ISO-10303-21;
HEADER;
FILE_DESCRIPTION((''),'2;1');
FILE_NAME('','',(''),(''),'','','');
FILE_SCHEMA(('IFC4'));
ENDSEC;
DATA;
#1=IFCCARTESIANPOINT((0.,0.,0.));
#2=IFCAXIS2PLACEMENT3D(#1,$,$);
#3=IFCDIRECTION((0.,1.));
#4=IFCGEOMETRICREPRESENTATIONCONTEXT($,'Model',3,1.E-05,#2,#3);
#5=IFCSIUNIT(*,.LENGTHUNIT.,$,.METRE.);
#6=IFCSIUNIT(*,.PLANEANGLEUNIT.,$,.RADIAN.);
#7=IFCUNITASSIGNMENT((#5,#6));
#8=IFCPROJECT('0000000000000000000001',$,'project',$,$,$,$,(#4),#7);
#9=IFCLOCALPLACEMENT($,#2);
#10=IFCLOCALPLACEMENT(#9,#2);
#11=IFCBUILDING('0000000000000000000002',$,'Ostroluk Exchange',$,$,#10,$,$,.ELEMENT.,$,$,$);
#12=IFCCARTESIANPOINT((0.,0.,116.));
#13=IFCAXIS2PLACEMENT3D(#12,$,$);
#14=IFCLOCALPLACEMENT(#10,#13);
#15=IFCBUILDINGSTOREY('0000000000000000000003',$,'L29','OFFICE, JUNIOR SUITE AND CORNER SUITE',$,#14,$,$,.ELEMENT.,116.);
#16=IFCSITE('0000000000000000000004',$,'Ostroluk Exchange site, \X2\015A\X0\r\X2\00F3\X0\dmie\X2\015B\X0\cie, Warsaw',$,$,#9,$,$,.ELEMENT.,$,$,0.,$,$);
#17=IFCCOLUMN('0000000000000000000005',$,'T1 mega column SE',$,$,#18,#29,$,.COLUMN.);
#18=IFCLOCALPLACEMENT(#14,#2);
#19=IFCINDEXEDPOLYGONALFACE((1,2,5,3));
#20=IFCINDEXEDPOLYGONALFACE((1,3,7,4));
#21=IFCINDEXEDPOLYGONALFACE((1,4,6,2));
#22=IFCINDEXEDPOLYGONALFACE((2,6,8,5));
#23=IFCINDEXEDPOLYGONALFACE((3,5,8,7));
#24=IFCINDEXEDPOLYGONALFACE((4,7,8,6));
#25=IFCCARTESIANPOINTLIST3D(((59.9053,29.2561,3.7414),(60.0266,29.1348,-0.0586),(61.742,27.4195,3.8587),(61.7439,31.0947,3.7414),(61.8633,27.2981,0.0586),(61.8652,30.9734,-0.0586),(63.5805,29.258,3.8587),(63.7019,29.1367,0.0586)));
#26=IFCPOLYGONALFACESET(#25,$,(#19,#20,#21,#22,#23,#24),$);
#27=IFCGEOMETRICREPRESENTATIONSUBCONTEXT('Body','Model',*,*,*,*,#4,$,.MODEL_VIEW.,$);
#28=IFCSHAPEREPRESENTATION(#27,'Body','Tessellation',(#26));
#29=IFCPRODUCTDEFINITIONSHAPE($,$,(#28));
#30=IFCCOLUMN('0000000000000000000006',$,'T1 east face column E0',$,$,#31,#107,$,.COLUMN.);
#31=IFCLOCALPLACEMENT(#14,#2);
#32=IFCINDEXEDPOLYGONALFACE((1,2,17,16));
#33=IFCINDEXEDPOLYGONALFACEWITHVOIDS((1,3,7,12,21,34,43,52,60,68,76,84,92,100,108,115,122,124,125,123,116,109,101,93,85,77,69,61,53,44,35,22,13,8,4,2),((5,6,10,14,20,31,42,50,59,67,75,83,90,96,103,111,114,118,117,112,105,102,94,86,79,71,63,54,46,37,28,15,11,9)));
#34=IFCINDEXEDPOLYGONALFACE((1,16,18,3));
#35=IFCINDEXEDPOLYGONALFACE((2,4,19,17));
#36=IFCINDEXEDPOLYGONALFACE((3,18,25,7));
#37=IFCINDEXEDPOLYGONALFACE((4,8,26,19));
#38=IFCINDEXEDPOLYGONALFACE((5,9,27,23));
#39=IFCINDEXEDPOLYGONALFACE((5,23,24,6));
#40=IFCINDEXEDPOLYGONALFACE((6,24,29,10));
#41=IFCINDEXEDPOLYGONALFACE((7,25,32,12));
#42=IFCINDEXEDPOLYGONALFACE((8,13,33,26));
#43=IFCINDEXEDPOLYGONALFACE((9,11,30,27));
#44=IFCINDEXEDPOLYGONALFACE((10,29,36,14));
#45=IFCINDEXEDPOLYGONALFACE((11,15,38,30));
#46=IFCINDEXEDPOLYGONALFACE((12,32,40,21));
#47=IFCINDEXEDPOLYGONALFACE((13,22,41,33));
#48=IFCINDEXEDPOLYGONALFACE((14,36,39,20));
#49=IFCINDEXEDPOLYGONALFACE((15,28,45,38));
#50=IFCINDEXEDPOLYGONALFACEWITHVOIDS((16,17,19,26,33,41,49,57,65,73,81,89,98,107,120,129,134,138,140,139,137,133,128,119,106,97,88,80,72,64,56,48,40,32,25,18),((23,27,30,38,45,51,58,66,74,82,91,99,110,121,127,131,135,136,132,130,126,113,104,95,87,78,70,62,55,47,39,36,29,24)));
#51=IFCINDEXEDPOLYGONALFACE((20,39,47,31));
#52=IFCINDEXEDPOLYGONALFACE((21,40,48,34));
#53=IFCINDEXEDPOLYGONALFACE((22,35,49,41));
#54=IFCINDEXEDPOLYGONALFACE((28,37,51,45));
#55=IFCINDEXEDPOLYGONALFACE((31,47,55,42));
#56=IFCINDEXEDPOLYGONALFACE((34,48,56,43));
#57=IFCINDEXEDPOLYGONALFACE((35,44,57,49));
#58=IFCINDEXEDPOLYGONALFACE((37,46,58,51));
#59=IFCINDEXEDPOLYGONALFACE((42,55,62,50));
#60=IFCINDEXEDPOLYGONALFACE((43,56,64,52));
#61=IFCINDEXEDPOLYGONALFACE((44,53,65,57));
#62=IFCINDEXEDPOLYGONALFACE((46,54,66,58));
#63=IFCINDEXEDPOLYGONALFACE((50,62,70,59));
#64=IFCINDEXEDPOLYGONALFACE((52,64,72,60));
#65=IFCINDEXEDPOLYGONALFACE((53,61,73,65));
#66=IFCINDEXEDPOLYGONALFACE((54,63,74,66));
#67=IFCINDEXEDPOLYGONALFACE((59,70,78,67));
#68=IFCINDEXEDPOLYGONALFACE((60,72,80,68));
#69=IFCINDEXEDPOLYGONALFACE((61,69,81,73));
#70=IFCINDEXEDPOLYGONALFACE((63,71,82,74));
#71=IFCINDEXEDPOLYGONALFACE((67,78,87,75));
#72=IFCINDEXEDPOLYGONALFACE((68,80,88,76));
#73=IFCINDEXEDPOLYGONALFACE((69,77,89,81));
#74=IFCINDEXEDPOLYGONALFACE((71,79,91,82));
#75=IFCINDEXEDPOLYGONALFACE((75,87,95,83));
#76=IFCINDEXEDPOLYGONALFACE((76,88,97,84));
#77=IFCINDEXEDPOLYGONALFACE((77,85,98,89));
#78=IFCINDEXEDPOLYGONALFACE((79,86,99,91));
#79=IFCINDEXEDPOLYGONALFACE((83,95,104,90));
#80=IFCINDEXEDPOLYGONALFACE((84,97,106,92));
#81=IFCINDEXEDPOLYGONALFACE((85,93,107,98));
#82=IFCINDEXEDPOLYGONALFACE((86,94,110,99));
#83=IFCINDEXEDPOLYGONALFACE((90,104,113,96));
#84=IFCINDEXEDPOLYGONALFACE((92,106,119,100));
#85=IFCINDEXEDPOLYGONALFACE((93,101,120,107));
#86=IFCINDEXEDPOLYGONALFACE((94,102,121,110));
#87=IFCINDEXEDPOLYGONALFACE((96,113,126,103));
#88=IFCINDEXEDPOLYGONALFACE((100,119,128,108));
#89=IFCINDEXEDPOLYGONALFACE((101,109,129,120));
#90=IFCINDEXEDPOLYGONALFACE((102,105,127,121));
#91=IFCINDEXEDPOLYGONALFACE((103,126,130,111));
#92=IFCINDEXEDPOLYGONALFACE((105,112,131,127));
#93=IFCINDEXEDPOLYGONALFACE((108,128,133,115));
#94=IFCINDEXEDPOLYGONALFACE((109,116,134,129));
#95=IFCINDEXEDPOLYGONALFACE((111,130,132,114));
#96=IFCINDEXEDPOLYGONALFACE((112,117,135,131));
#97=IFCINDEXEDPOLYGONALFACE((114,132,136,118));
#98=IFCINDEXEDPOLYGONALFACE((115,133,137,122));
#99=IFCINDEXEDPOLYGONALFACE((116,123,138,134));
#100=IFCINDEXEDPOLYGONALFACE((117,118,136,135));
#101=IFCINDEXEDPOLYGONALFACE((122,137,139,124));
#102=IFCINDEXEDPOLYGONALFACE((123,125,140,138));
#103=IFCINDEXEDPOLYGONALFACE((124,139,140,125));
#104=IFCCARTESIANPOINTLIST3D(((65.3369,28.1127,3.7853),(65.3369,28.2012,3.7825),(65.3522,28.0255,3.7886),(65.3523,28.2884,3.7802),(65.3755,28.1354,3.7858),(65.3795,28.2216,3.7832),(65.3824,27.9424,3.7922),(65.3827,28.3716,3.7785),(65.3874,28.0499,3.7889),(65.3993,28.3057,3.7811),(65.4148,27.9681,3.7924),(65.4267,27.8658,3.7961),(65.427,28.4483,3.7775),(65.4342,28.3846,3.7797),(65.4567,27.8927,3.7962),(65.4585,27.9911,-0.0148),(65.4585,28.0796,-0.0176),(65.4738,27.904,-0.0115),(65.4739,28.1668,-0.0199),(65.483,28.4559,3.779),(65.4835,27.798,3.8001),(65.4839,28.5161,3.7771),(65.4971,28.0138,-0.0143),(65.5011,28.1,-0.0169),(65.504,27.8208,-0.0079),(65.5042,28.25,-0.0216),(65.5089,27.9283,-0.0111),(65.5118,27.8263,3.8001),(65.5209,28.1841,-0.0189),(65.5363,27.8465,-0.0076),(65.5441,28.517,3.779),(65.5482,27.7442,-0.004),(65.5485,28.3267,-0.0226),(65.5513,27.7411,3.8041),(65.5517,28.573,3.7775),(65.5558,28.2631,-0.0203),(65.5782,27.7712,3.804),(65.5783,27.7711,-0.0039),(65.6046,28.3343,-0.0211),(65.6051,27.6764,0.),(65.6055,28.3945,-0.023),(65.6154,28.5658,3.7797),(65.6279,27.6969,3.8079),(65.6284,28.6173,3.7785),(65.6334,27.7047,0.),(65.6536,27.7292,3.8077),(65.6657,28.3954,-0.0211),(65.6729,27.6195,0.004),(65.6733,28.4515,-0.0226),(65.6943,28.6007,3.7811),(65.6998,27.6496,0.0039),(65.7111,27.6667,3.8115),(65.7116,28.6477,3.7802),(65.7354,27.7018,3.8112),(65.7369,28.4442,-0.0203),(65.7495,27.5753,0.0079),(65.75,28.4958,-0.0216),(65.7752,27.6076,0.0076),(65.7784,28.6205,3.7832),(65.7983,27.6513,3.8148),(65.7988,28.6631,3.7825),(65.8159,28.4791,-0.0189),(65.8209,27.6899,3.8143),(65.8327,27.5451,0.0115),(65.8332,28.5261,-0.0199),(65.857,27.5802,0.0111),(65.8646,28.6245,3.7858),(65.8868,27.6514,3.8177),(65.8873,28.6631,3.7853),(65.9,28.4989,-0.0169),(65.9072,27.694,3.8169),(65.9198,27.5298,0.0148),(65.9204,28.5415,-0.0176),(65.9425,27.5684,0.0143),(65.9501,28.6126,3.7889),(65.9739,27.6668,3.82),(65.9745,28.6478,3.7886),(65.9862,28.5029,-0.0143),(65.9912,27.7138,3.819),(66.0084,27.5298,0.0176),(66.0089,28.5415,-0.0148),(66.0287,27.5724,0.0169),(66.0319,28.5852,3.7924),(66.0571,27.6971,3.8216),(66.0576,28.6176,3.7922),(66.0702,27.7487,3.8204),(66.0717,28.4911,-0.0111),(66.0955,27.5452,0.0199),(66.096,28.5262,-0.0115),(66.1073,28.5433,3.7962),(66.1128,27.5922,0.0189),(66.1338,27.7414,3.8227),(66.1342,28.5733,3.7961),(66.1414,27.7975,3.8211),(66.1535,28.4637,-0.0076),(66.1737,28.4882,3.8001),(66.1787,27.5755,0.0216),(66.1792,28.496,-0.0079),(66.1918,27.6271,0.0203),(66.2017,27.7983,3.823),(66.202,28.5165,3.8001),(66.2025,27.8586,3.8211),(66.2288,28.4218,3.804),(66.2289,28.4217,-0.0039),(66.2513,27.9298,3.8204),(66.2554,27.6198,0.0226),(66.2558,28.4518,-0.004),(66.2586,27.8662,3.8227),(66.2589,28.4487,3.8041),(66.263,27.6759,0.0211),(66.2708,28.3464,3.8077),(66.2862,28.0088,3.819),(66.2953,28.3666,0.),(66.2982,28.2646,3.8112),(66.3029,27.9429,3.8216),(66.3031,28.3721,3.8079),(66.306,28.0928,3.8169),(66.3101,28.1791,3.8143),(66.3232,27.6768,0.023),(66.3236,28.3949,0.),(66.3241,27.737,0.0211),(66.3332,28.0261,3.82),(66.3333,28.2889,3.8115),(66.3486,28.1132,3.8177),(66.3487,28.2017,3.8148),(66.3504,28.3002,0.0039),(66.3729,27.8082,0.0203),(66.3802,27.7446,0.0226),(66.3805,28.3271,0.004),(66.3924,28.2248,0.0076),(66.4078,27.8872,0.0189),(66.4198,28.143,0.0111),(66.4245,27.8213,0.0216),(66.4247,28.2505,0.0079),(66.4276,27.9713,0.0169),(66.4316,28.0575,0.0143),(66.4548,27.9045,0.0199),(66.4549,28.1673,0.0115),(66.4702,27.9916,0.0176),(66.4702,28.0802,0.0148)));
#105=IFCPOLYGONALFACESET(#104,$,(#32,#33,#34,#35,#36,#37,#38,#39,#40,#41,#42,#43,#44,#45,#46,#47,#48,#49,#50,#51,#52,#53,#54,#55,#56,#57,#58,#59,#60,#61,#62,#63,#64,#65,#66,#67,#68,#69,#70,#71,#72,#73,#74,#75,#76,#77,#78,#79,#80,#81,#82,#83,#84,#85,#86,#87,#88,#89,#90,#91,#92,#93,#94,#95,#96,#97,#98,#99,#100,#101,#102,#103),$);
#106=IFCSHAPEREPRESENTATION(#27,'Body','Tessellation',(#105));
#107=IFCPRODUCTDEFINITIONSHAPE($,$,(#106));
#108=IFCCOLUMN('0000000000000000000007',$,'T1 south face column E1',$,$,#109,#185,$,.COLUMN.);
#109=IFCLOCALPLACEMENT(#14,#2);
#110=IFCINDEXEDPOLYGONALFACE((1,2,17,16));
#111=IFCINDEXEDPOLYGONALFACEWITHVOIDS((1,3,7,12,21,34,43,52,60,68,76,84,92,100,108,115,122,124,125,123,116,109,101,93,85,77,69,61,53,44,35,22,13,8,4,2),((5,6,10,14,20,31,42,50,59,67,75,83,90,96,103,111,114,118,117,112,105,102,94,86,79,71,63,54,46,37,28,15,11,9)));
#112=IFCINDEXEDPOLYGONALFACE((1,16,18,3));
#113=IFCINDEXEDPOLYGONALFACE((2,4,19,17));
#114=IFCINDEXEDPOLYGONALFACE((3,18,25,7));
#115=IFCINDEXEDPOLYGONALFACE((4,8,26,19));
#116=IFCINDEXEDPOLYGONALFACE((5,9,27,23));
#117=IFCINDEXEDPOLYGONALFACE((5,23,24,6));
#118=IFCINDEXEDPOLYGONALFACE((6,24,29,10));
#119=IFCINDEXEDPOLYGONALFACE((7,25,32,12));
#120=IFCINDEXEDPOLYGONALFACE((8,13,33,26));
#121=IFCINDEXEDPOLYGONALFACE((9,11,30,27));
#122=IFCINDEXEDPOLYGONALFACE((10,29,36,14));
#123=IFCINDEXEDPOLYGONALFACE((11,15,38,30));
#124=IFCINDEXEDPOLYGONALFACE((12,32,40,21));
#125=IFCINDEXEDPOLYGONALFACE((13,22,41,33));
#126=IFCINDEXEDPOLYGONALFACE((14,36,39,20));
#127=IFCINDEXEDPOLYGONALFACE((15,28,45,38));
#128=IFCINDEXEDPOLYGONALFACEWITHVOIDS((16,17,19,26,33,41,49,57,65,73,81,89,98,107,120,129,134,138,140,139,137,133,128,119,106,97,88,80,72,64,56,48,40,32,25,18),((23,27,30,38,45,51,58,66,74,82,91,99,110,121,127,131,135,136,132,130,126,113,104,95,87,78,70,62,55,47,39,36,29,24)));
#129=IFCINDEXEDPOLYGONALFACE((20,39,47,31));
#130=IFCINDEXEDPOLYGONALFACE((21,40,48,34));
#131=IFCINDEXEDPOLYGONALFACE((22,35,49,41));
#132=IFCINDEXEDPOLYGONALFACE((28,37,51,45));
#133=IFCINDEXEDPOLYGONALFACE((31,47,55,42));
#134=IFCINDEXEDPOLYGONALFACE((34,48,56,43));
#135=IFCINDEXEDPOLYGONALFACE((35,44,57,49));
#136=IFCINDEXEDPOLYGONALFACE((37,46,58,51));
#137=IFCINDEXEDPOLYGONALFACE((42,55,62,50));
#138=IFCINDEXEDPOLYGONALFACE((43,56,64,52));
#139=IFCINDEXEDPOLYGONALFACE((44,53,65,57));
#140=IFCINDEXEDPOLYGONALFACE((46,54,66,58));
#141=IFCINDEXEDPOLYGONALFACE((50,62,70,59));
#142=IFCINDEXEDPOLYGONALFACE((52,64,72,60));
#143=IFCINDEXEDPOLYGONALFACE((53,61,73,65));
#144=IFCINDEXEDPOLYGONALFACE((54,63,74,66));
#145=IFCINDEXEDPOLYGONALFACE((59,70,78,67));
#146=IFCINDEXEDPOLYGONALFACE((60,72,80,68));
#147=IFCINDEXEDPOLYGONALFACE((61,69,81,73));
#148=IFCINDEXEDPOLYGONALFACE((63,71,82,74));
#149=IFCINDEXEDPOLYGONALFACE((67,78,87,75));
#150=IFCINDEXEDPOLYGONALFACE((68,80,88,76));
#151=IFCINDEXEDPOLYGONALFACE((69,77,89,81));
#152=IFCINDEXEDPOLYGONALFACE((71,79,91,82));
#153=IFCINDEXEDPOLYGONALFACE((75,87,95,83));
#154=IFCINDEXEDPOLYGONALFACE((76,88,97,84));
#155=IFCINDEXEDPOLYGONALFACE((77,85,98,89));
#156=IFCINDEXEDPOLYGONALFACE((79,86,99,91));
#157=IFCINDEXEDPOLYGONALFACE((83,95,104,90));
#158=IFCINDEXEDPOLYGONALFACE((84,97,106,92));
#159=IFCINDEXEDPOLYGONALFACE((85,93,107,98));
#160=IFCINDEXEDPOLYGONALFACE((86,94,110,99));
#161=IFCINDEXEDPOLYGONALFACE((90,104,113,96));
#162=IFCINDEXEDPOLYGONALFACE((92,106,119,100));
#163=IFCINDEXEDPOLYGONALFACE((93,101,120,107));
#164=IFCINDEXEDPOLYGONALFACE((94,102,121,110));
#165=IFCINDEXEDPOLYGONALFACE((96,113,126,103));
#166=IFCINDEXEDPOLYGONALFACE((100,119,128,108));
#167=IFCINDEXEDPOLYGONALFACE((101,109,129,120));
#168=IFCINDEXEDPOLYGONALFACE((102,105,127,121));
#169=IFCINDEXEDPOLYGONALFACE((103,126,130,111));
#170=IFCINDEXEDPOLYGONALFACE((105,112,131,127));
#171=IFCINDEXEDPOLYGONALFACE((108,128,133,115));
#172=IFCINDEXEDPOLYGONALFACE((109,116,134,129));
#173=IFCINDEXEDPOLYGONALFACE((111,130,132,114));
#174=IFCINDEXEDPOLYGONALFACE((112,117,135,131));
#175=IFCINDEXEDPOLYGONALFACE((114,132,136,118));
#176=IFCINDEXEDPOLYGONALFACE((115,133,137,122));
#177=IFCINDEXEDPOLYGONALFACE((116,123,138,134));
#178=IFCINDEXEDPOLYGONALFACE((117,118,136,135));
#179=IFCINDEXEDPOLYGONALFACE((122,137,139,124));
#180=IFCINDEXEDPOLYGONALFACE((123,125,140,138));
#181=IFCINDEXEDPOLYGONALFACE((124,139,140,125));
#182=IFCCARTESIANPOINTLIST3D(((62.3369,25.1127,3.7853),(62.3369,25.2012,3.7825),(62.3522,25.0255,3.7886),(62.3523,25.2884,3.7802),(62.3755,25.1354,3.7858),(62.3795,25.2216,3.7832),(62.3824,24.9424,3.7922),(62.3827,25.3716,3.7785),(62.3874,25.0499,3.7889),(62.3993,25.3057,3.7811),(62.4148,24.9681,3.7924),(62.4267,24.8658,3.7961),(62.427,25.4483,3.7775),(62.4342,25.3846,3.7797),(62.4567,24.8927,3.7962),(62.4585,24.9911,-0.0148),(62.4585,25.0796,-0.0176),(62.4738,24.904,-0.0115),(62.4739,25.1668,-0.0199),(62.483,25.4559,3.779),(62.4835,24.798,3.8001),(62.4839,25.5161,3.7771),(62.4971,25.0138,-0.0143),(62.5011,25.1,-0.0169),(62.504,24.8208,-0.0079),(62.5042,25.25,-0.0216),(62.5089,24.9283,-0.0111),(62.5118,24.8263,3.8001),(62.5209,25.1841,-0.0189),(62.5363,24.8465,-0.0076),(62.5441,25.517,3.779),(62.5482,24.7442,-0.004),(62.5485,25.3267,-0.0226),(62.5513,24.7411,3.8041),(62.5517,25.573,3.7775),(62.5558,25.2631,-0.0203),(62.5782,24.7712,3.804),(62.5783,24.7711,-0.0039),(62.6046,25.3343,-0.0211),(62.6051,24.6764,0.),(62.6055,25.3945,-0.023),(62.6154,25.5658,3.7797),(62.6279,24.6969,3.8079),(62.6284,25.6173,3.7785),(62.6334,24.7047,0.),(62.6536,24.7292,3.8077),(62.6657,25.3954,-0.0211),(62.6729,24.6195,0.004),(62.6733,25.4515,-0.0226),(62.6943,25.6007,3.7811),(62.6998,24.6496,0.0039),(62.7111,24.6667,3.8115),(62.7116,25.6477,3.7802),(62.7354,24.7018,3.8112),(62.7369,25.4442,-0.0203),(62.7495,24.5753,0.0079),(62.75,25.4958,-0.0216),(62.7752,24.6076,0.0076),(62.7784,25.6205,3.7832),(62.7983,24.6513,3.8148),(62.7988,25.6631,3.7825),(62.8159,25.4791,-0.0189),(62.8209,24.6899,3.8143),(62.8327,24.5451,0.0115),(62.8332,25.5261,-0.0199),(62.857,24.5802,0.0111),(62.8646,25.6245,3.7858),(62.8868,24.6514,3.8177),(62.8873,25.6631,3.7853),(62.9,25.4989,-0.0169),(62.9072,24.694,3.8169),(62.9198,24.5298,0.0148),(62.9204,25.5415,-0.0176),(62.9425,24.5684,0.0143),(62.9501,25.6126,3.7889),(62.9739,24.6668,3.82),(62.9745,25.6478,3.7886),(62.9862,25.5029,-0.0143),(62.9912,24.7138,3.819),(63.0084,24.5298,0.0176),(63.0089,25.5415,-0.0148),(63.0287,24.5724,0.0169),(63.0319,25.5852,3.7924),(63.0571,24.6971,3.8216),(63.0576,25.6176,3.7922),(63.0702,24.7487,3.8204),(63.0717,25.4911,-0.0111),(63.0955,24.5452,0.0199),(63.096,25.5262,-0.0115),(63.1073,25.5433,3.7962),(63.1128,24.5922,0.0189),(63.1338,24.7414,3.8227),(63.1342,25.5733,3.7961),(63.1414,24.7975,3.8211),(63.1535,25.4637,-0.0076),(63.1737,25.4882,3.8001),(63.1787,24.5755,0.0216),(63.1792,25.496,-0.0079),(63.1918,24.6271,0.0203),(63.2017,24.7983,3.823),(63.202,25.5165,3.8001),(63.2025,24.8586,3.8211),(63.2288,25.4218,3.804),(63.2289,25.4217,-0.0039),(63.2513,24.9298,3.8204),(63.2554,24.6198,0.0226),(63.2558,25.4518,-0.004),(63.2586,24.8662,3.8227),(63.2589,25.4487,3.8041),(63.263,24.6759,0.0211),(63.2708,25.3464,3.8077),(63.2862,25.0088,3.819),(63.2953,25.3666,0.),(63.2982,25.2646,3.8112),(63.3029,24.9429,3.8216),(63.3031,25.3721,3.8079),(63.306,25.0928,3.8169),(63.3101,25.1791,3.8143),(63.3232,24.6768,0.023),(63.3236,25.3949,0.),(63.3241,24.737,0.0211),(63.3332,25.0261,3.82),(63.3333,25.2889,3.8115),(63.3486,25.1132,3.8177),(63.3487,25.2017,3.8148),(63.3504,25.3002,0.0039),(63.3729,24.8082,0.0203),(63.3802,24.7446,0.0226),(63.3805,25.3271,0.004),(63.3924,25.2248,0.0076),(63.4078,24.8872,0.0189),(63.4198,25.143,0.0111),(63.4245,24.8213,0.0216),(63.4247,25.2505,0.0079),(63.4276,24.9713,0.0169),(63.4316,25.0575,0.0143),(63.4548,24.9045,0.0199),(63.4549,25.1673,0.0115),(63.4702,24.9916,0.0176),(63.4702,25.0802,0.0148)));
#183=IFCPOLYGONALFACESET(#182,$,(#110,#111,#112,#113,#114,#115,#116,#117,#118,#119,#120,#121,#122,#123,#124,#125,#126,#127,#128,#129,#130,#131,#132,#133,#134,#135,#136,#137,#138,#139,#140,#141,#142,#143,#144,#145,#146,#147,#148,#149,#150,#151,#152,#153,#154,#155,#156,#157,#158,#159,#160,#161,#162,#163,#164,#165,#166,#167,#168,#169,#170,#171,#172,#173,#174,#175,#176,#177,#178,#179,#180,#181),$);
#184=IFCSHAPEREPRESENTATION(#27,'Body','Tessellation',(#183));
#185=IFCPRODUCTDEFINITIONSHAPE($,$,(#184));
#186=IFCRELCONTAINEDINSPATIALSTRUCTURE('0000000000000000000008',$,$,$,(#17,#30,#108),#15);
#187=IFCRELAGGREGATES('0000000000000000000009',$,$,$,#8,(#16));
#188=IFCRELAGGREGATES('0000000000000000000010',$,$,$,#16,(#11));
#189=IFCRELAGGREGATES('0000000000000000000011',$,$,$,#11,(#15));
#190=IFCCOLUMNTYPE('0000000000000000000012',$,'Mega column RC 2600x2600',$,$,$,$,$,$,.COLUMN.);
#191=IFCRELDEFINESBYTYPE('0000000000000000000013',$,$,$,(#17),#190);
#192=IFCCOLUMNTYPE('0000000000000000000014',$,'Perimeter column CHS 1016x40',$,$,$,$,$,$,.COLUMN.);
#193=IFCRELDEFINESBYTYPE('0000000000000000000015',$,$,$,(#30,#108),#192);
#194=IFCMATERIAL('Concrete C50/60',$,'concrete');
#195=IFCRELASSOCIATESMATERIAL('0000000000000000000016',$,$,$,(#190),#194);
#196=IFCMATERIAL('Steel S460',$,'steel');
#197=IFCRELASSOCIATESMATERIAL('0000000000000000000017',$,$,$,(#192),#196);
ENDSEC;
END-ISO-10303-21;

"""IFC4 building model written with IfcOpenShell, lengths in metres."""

from ifc_helpers import new_model, si_unit, direction, frame, origin, origin_2d, place, context, subcontext, project, spatial, rectangle, hollow_circle, extrude, material, material_profile, profile_set, type_object, element, save


model = new_model("IFC4")

# Units and contexts
model_context = context("Model", 3, precision=1e-05, world=origin(), true_north=direction((0.0, 1.0)))
body_context = subcontext(model_context, "Body", "Model", "MODEL_VIEW")
ifc_project = project(units=[si_unit("LENGTHUNIT", "METRE"), si_unit("PLANEANGLEUNIT", "RADIAN")], contexts=[model_context])

# Site, building, storey
site_placement = place(None, origin())
site = spatial("IfcSite", under=ifc_project, at=site_placement, Name="Ostroluk Exchange site, Śródmieście, Warsaw", CompositionType="ELEMENT", RefElevation=0.0)
building_placement = place(site_placement, origin())
building = spatial("IfcBuilding", under=site, at=building_placement, Name="Ostroluk Exchange", CompositionType="ELEMENT")
storey_placement = place(building_placement, frame((0.0, 0.0, 116.0)))
storey = spatial("IfcBuildingStorey", under=building, at=storey_placement, Name="L29", Description="OFFICE, JUNIOR SUITE AND CORNER SUITE", CompositionType="ELEMENT", Elevation=116.0)

# Columns
ifc_material_1 = material(Name="Concrete C50/60", Category="concrete")
ifc_material_profile_1 = material_profile(ifc_material_1, rectangle(XDim=2.6001, YDim=2.6001, at=origin_2d()), Name="RC 2600x2600")
ifc_profile_set_1 = profile_set([ifc_material_profile_1], Name="Concrete C50/60")
column_type_1 = type_object("IfcColumnType", Name="Mega column RC 2600x2600", PredefinedType="COLUMN", material=ifc_profile_set_1)
column_placement = place(storey_placement, frame((61.8643, 29.1357, 0.0), z_axis=(-0.031898, 0.031898, 0.998982), x_axis=(-0.707107, -0.707107, 0.0)))
element("IfcColumn", 1, at=column_placement, inside=storey, type_object=column_type_1, Name="T1 mega column SE", PredefinedType="COLUMN", context=body_context, shape_type="SweptSolid", body=[
    extrude(rectangle(XDim=2.6001, YDim=2.6001, at=origin_2d()), origin(), (0.0, 0.0, 1.0), 3.804),
])
ifc_material_2 = material(Name="Steel S460", Category="steel")
ifc_material_profile_2 = material_profile(ifc_material_2, hollow_circle(Radius=0.5081, WallThickness=0.04, at=origin_2d()), Name="CHS 1016x40")
ifc_profile_set_2 = profile_set([ifc_material_profile_2], Name="Steel S460")
column_type_2 = type_object("IfcColumnType", Name="Perimeter column CHS 1016x40", PredefinedType="COLUMN", material=ifc_profile_set_2)
for number, where, z_axis, x_axis, name in (
    (2, (65.9644, 28.0356, 0.0), (-0.031962, 0.031962, 0.998978), (-0.707107, -0.707107, 0.0), "T1 east face column E0"),
    (3, (62.9644, 25.0356, 0.0), (-0.031962, 0.031962, 0.998978), (-0.707107, -0.707107, 0.0), "T1 south face column E1"),
):
    element("IfcColumn", number, at=place(storey_placement, frame(where, z_axis=z_axis, x_axis=x_axis)), inside=storey, type_object=column_type_2, Name=name, PredefinedType="COLUMN", context=body_context, shape_type="SweptSolid", body=[
        extrude(hollow_circle(Radius=0.5081, WallThickness=0.04, at=origin_2d()), origin(), (0.0, 0.0, 1.0), 3.804),
    ])

save(model, "model.ifc")
